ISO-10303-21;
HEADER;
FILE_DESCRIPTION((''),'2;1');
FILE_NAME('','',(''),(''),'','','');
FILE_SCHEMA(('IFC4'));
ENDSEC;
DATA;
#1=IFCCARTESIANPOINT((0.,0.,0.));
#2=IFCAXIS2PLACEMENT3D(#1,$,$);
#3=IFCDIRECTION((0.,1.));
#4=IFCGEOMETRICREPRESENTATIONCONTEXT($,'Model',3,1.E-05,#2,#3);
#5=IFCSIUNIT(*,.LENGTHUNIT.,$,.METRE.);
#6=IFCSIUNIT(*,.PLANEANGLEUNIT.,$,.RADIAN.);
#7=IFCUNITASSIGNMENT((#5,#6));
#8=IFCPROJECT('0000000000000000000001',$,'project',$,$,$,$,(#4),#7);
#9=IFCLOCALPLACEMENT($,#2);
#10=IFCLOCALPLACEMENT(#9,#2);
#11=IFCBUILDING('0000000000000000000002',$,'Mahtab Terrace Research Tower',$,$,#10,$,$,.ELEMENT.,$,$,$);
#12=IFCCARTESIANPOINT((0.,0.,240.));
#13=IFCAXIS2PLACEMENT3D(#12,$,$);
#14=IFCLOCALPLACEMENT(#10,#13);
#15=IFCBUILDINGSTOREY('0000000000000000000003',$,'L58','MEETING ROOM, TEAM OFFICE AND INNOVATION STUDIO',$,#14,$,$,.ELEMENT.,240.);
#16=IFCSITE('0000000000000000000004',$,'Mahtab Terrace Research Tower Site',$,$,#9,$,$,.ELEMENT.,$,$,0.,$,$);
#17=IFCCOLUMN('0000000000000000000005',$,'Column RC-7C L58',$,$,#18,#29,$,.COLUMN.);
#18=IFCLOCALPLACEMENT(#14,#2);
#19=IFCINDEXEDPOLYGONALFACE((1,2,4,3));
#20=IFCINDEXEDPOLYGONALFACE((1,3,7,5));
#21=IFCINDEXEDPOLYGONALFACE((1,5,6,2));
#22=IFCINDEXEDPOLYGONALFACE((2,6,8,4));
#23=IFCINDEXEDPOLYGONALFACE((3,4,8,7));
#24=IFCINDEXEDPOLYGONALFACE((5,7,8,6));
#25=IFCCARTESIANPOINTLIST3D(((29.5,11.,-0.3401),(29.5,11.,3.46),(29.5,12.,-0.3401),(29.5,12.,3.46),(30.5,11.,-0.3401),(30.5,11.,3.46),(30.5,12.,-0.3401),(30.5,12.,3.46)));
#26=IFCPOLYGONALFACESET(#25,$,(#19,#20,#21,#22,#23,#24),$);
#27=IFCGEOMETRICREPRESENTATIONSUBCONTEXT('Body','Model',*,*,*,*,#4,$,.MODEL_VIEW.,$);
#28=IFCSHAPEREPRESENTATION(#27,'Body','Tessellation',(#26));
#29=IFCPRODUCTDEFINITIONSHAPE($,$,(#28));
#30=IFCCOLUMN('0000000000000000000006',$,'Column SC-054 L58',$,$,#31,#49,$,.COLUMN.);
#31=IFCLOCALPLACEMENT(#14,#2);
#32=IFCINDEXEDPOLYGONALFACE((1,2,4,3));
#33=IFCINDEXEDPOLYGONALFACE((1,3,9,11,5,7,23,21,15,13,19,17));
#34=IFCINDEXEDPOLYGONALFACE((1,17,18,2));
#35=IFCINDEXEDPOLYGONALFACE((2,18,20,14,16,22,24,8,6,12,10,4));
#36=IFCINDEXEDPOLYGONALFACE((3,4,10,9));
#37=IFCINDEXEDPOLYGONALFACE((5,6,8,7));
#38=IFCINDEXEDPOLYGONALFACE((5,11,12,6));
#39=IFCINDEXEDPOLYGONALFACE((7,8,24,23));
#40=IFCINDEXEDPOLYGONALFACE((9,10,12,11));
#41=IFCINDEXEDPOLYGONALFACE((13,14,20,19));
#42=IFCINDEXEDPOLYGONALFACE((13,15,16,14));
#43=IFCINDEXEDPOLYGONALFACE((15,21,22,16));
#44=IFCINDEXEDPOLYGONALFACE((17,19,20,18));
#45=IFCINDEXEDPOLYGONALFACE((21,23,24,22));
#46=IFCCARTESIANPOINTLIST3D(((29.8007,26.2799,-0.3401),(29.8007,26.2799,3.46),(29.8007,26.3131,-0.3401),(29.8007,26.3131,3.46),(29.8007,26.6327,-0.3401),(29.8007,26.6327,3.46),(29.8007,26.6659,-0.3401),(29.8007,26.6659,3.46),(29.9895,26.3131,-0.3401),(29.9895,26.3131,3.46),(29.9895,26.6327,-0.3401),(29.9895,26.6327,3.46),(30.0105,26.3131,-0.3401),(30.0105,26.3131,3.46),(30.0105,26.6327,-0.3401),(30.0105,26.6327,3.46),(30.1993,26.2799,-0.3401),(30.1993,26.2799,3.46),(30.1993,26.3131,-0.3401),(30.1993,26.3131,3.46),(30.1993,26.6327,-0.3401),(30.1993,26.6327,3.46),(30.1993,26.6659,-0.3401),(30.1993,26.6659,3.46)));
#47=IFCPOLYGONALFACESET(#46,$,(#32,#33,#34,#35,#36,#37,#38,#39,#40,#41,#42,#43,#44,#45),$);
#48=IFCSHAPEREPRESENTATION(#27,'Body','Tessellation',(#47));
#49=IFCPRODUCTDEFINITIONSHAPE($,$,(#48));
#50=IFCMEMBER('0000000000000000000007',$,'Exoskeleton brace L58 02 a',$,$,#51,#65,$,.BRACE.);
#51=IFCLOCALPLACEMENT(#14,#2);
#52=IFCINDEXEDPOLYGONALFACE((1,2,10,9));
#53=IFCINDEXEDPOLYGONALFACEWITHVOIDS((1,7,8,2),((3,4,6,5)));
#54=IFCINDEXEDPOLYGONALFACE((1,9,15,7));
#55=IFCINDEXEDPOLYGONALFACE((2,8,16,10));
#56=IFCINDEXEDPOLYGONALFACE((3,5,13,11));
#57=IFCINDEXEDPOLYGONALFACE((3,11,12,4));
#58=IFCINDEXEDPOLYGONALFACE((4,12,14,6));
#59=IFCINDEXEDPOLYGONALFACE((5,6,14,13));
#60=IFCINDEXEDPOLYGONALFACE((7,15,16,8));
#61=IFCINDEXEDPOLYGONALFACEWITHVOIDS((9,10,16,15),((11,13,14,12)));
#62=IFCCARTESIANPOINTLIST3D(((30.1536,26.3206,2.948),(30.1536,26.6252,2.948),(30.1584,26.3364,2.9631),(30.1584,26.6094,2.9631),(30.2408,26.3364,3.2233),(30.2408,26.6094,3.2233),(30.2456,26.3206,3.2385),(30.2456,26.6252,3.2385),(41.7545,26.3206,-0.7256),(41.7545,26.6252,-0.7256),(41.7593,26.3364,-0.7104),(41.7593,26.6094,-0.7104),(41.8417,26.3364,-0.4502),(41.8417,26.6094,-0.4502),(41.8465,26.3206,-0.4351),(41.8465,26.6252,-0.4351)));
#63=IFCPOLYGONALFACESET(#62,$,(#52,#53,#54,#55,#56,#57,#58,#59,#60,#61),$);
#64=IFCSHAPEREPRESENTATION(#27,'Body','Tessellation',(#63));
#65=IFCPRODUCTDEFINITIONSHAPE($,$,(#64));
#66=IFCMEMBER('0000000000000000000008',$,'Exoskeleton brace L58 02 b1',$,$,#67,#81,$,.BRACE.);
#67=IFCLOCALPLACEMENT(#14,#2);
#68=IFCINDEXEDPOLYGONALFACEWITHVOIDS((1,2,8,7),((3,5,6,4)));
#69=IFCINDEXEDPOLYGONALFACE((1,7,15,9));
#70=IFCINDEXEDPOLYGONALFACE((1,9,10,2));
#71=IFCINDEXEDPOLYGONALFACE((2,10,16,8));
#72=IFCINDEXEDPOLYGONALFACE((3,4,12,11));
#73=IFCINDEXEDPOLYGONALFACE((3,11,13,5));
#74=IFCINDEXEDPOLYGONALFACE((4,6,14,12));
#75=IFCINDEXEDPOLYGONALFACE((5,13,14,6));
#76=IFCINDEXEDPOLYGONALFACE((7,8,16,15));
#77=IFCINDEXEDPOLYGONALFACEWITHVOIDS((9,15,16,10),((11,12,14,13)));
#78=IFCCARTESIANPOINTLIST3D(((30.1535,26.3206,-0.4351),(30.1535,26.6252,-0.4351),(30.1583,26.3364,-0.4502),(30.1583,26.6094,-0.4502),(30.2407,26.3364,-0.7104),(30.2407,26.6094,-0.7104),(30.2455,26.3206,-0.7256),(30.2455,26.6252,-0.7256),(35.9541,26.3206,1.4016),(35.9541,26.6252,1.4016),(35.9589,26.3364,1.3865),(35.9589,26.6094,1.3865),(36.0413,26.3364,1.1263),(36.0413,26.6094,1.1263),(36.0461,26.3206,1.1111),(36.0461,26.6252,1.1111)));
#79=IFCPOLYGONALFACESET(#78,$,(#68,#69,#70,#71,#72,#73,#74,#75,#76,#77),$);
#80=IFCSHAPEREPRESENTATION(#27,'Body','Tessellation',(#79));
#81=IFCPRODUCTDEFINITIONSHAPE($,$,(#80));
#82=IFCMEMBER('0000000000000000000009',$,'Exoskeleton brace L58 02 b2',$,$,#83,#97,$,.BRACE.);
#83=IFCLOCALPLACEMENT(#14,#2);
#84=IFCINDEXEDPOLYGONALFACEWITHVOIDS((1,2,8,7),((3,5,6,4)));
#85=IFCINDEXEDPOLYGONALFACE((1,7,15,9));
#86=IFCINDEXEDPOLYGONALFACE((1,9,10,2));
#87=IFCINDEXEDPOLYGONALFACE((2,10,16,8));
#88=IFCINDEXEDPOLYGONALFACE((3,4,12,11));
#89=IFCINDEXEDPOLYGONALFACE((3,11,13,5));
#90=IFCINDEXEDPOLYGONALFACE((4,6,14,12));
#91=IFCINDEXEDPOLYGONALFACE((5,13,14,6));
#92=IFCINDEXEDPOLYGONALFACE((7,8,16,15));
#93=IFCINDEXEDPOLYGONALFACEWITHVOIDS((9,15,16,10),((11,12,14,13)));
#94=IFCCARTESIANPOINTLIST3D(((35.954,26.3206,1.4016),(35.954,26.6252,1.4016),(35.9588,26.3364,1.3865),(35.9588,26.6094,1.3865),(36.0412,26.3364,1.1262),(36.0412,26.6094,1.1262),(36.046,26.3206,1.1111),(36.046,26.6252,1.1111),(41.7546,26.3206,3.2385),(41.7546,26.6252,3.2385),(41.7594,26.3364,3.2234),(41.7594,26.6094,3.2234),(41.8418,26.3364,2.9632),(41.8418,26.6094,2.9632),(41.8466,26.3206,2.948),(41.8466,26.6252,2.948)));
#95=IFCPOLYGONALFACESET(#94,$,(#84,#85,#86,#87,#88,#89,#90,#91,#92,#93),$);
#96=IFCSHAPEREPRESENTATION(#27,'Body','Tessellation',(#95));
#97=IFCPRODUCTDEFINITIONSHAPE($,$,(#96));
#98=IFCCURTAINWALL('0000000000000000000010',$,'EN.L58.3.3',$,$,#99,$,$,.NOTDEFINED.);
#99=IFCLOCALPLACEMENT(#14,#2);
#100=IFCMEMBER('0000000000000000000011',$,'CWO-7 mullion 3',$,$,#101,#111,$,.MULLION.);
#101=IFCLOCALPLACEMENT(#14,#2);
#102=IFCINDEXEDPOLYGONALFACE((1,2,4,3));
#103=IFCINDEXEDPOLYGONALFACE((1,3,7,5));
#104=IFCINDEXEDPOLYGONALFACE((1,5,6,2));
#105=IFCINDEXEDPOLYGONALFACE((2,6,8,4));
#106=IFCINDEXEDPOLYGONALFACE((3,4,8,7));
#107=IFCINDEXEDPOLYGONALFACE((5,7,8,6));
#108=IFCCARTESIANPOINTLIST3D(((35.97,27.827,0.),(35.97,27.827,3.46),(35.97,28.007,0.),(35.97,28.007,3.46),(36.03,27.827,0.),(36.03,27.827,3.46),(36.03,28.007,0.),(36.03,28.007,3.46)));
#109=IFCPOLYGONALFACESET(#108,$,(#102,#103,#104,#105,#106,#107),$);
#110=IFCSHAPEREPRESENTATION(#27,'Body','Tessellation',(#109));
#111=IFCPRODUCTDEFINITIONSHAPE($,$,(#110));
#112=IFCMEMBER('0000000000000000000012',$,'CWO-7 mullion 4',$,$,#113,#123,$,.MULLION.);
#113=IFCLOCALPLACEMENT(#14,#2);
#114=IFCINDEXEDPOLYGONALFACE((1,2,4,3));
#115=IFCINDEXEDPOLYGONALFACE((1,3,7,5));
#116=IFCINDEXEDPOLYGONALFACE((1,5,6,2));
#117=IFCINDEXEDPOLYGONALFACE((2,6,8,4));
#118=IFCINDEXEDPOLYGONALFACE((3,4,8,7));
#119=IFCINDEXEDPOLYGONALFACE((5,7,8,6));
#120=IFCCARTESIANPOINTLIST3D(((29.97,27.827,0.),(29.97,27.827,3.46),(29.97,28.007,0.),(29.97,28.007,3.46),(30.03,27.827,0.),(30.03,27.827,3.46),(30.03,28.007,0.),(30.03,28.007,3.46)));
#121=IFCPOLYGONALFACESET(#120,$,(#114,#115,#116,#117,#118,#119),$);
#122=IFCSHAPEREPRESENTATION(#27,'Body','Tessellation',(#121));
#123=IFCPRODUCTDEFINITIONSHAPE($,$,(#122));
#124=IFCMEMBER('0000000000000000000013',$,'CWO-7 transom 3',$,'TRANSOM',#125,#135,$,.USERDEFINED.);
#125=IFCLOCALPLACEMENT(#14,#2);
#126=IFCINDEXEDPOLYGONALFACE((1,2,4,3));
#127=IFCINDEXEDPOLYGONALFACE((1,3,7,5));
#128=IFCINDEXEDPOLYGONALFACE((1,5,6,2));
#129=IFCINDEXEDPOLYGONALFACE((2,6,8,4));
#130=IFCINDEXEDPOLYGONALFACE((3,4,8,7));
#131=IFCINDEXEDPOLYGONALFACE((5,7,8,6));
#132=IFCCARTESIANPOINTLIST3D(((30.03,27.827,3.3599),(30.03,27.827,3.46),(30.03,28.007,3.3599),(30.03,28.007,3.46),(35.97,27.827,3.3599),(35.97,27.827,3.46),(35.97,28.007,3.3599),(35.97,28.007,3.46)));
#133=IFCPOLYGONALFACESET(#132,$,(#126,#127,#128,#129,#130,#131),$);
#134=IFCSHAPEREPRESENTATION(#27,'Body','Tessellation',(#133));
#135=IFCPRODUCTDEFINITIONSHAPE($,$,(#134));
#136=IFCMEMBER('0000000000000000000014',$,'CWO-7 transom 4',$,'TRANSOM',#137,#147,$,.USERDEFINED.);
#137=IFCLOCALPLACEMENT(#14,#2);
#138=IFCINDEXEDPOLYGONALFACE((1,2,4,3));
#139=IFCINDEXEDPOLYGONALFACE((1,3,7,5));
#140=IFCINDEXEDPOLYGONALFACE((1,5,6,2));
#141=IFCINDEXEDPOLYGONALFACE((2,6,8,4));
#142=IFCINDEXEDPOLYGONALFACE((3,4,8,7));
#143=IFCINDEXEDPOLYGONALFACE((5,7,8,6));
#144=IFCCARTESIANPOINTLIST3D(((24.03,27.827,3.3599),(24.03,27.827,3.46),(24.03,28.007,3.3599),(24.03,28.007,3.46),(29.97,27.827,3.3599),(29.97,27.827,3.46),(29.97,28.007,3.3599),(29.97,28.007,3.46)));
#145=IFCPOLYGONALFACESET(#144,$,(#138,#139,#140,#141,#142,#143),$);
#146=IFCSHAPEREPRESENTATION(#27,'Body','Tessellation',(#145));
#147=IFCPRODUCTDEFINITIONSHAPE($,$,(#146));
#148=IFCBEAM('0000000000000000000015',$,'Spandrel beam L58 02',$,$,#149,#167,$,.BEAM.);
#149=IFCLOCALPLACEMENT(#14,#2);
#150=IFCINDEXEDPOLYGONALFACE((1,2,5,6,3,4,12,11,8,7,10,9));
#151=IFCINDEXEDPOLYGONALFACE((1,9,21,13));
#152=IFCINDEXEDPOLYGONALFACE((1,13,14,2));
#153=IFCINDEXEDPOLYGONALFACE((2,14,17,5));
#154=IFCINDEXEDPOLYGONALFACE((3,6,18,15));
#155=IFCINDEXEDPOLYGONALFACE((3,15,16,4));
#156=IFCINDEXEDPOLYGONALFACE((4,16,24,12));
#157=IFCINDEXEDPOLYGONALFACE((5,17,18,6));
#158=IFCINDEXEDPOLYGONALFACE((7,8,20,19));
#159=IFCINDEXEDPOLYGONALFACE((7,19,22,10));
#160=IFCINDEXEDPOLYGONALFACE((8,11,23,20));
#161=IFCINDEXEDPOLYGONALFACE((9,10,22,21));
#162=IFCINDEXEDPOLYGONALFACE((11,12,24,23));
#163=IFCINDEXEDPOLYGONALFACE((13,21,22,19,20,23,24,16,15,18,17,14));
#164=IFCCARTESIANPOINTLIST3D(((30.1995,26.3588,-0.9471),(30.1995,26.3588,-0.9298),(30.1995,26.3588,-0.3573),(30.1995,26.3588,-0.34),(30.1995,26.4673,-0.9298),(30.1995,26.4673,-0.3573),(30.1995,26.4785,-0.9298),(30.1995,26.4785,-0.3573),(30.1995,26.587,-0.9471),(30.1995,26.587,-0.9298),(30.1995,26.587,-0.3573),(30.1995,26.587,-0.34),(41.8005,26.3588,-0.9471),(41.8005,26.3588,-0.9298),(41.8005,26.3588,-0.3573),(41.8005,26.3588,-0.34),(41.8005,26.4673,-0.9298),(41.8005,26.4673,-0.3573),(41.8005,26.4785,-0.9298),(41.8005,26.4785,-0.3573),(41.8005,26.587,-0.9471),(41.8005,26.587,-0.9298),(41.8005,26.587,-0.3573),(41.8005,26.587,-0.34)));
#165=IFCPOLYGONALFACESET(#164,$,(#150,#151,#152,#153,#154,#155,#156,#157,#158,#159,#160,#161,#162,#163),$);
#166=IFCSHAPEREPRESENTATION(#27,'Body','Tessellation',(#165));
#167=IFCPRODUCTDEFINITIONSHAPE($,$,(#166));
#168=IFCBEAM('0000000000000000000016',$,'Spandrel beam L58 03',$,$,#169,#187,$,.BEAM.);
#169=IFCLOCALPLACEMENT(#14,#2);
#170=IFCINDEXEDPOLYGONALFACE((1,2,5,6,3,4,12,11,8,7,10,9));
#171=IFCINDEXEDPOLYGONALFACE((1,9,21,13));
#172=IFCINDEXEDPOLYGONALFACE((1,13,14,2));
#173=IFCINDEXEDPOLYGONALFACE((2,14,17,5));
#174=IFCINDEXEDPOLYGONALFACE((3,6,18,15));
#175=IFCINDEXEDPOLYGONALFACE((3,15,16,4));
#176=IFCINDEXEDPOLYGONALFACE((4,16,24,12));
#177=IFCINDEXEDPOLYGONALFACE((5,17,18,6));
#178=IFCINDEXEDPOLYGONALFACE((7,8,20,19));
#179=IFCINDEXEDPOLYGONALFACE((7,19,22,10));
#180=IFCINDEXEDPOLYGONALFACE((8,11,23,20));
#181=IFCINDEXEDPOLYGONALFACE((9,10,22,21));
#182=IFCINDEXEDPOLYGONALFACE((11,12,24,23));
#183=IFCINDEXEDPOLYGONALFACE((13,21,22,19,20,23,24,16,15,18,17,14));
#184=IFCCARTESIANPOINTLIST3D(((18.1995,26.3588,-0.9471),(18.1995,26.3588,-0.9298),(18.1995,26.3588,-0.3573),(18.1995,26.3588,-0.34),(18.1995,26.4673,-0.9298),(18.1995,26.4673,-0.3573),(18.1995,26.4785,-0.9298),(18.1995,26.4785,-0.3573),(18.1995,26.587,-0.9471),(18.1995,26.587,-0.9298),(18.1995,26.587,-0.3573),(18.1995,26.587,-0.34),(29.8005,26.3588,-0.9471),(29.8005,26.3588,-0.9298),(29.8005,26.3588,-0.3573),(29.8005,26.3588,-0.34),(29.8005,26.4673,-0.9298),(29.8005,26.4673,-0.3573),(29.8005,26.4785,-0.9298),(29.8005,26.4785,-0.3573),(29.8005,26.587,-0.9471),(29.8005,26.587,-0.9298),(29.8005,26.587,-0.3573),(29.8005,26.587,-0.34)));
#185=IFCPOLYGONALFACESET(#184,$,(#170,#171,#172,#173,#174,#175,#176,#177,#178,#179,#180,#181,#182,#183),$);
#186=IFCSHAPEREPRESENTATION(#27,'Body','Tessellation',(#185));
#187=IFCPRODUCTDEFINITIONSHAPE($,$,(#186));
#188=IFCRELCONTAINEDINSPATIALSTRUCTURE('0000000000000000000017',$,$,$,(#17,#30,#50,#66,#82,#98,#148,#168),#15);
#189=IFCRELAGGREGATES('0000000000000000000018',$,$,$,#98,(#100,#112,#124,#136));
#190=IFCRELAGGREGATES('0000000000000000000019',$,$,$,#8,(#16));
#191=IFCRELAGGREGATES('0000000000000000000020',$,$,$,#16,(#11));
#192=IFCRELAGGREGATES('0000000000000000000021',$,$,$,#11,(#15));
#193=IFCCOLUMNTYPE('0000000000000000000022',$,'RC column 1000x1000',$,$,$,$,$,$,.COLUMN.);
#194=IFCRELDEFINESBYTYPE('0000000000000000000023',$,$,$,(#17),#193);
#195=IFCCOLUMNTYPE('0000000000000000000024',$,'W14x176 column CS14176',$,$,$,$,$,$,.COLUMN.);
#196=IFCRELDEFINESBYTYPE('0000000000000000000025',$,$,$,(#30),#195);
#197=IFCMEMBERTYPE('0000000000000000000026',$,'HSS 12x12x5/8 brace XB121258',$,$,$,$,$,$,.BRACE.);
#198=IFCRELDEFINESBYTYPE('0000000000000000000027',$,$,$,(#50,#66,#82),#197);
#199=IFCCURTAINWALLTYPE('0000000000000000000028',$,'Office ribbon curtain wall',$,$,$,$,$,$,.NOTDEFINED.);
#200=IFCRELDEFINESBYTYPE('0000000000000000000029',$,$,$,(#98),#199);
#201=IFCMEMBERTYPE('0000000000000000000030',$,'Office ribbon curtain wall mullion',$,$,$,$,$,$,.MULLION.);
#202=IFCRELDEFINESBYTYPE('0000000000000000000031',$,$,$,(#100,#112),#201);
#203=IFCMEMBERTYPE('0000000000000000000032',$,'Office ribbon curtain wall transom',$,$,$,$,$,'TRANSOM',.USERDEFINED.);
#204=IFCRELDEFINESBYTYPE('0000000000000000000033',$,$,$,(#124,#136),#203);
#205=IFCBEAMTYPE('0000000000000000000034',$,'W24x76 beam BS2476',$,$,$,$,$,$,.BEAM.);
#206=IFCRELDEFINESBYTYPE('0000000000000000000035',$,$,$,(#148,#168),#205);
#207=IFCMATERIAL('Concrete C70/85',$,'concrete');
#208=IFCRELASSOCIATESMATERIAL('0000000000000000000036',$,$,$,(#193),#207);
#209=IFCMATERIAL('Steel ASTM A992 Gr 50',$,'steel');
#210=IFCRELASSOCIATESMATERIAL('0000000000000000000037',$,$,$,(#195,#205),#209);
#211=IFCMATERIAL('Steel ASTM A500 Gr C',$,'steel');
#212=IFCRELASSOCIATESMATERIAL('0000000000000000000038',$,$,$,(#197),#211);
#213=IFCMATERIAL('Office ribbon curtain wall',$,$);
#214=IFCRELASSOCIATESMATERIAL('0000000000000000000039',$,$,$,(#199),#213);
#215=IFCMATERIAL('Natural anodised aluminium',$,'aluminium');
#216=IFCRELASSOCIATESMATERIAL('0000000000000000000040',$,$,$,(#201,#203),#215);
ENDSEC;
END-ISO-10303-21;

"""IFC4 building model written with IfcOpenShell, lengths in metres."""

from ifc_helpers import new_model, si_unit, direction, frame, origin, origin_2d, place, context, subcontext, project, spatial, rectangle, hollow_rectangle, i_section, extrude, material, material_profile, profile_set, type_object, element, aggregate, save


model = new_model("IFC4")

# Units and contexts
model_context = context("Model", 3, precision=1e-05, world=origin(), true_north=direction((0.0, 1.0)))
body_context = subcontext(model_context, "Body", "Model", "MODEL_VIEW")
ifc_project = project(units=[si_unit("LENGTHUNIT", "METRE"), si_unit("PLANEANGLEUNIT", "RADIAN")], contexts=[model_context])

# Site, building, storey
site_placement = place(None, origin())
site = spatial("IfcSite", under=ifc_project, at=site_placement, Name="Mahtab Terrace Research Tower Site", CompositionType="ELEMENT", RefElevation=0.0)
building_placement = place(site_placement, origin())
building = spatial("IfcBuilding", under=site, at=building_placement, Name="Mahtab Terrace Research Tower", CompositionType="ELEMENT")
storey_placement = place(building_placement, frame((0.0, 0.0, 240.0)))
storey = spatial("IfcBuildingStorey", under=building, at=storey_placement, Name="L58", Description="MEETING ROOM, TEAM OFFICE AND INNOVATION STUDIO", CompositionType="ELEMENT", Elevation=240.0)

# Columns
ifc_material_1 = material(Name="Concrete C70/85", Category="concrete")
ifc_material_profile_1 = material_profile(ifc_material_1, rectangle(XDim=1.0, YDim=1.0, at=origin_2d()), Name="RC column 1000x1000")
ifc_profile_set_1 = profile_set([ifc_material_profile_1], Name="Concrete C70/85")
column_type_1 = type_object("IfcColumnType", Name="RC column 1000x1000", PredefinedType="COLUMN", material=ifc_profile_set_1)
column_1_placement = place(storey_placement, frame((30.0, 11.5, -0.3401), z_axis=(0.0, 0.0, 1.0), x_axis=(1.0, 0.0, 0.0)))
element("IfcColumn", 1, at=column_1_placement, inside=storey, type_object=column_type_1, Name="Column RC-7C L58", PredefinedType="COLUMN", context=body_context, shape_type="SweptSolid", body=[
    extrude(rectangle(XDim=1.0, YDim=1.0, at=origin_2d()), origin(), (0.0, 0.0, 1.0), 3.8),
])
ifc_material_2 = material(Name="Steel ASTM A992 Gr 50", Category="steel")
ifc_material_profile_2 = material_profile(ifc_material_2, i_section(OverallWidth=0.3987, OverallDepth=0.386, WebThickness=0.021, FlangeThickness=0.0332, at=origin_2d()), Name="W14X176")
ifc_profile_set_2 = profile_set([ifc_material_profile_2], Name="Steel ASTM A992 Gr 50")
column_type_2 = type_object("IfcColumnType", Name="W14x176 column CS14176", PredefinedType="COLUMN", material=ifc_profile_set_2)
column_2_placement = place(storey_placement, frame((30.0, 26.4729, -0.3401), z_axis=(0.0, 0.0, 1.0), x_axis=(1.0, 0.0, 0.0)))
element("IfcColumn", 2, at=column_2_placement, inside=storey, type_object=column_type_2, Name="Column SC-054 L58", PredefinedType="COLUMN", context=body_context, shape_type="SweptSolid", body=[
    extrude(i_section(OverallWidth=0.3987, OverallDepth=0.386, WebThickness=0.021, FlangeThickness=0.0332, at=origin_2d()), origin(), (0.0, 0.0, 1.0), 3.8),
])

# Members
ifc_material_3 = material(Name="Steel ASTM A500 Gr C", Category="steel")
ifc_material_profile_3 = material_profile(ifc_material_3, hollow_rectangle(XDim=0.3047, YDim=0.3047, WallThickness=0.0159, at=origin_2d()), Name="HSS12X12X5/8")
ifc_profile_set_3 = profile_set([ifc_material_profile_3], Name="Steel ASTM A500 Gr C")
member_type_1 = type_object("IfcMemberType", Name="HSS 12x12x5/8 brace XB121258", PredefinedType="BRACE", material=ifc_profile_set_3)
member_1_placement = place(storey_placement, frame((41.8005, 26.4729, -0.5803), z_axis=(-0.953344, 0.0, 0.301885), x_axis=(0.0, -1.0, 0.0)))
element("IfcMember", 3, at=member_1_placement, inside=storey, type_object=member_type_1, Name="Exoskeleton brace L58 02 a", PredefinedType="BRACE", context=body_context, shape_type="SweptSolid", body=[
    extrude(hollow_rectangle(XDim=0.3047, YDim=0.3047, WallThickness=0.0159, at=origin_2d()), origin(), (0.0, 0.0, 1.0), 12.1687),
])
for number, where, z_axis, x_axis, name in (
    (4, (30.1995, 26.4729, -0.5803), (0.95335, 0.0, 0.301867), (0.0, 1.0, 0.0), "Exoskeleton brace L58 02 b1"),
    (5, (36.0, 26.4729, 1.2563), (0.953339, 0.0, 0.301903), (0.0, 1.0, 0.0), "Exoskeleton brace L58 02 b2"),
):
    element("IfcMember", number, at=place(storey_placement, frame(where, z_axis=z_axis, x_axis=x_axis)), inside=storey, type_object=member_type_1, Name=name, PredefinedType="BRACE", context=body_context, shape_type="SweptSolid", body=[
        extrude(hollow_rectangle(XDim=0.3047, YDim=0.3047, WallThickness=0.0159, at=origin_2d()), origin(), (0.0, 0.0, 1.0), 6.0845),
    ])

# Curtain wall, members
ifc_material_4 = material(Name="Office ribbon curtain wall")
curtain_wall_type = type_object("IfcCurtainWallType", Name="Office ribbon curtain wall", PredefinedType="NOTDEFINED", material=ifc_material_4)
curtain_wall_placement = place(storey_placement, origin())
curtain_wall = element("IfcCurtainWall", 6, at=curtain_wall_placement, inside=storey, type_object=curtain_wall_type, Name="EN.L58.3.3", PredefinedType="NOTDEFINED")
ifc_material_5 = material(Name="Natural anodised aluminium", Category="aluminium")
ifc_material_profile_4 = material_profile(ifc_material_5, rectangle(XDim=0.1799, YDim=0.0601, at=origin_2d()), Name="MULLION 60x180")
ifc_profile_set_4 = profile_set([ifc_material_profile_4], Name="Natural anodised aluminium")
member_type_2 = type_object("IfcMemberType", Name="Office ribbon curtain wall mullion", PredefinedType="MULLION", material=ifc_profile_set_4)
member_2_placement = place(storey_placement, frame((36.0, 27.917, 0.0), z_axis=(0.0, 0.0, 1.0), x_axis=(0.0, -1.0, 0.0)))
member_2 = element("IfcMember", 7, at=member_2_placement, type_object=member_type_2, Name="CWO-7 mullion 3", PredefinedType="MULLION", context=body_context, shape_type="SweptSolid", body=[
    extrude(rectangle(XDim=0.1799, YDim=0.0601, at=origin_2d()), origin(), (0.0, 0.0, 1.0), 3.46),
])
member_3_placement = place(storey_placement, frame((30.0, 27.917, 0.0), z_axis=(0.0, 0.0, 1.0), x_axis=(0.0, -1.0, 0.0)))
member_3 = element("IfcMember", 8, at=member_3_placement, type_object=member_type_2, Name="CWO-7 mullion 4", PredefinedType="MULLION", context=body_context, shape_type="SweptSolid", body=[
    extrude(rectangle(XDim=0.1799, YDim=0.0601, at=origin_2d()), origin(), (0.0, 0.0, 1.0), 3.46),
])
ifc_material_profile_5 = material_profile(ifc_material_5, rectangle(XDim=0.1799, YDim=0.1001, at=origin_2d()), Name="TRANSOM 100x180")
ifc_profile_set_5 = profile_set([ifc_material_profile_5], Name="Natural anodised aluminium")
member_type_3 = type_object("IfcMemberType", Name="Office ribbon curtain wall transom", ElementType="TRANSOM", PredefinedType="USERDEFINED", material=ifc_profile_set_5)
member_4_placement = place(storey_placement, frame((35.97, 27.917, 3.4099), z_axis=(-1.0, 0.0, 0.0), x_axis=(0.0, -1.0, 0.0)))
member_4 = element("IfcMember", 9, at=member_4_placement, type_object=member_type_3, Name="CWO-7 transom 3", ObjectType="TRANSOM", PredefinedType="USERDEFINED", context=body_context, shape_type="SweptSolid", body=[
    extrude(rectangle(XDim=0.1799, YDim=0.1001, at=origin_2d()), origin(), (0.0, 0.0, 1.0), 5.9399),
])
member_5_placement = place(storey_placement, frame((29.97, 27.917, 3.4099), z_axis=(-1.0, 0.0, 0.0), x_axis=(0.0, -1.0, 0.0)))
member_5 = element("IfcMember", 10, at=member_5_placement, type_object=member_type_3, Name="CWO-7 transom 4", ObjectType="TRANSOM", PredefinedType="USERDEFINED", context=body_context, shape_type="SweptSolid", body=[
    extrude(rectangle(XDim=0.1799, YDim=0.1001, at=origin_2d()), origin(), (0.0, 0.0, 1.0), 5.9399),
])

# Beams
ifc_material_profile_6 = material_profile(ifc_material_2, i_section(OverallWidth=0.2283, OverallDepth=0.6072, WebThickness=0.0112, FlangeThickness=0.0173, at=origin_2d()), Name="W24X76")
ifc_profile_set_6 = profile_set([ifc_material_profile_6], Name="Steel ASTM A992 Gr 50")
beam_type = type_object("IfcBeamType", Name="W24x76 beam BS2476", PredefinedType="BEAM", material=ifc_profile_set_6)
for number, where, z_axis, x_axis, name in (
    (11, (41.8005, 26.4729, -0.6436), (-1.0, 0.0, 0.0), (0.0, -1.0, 0.0), "Spandrel beam L58 02"),
    (12, (29.8005, 26.4729, -0.6436), (-1.0, 0.0, 0.0), (0.0, -1.0, 0.0), "Spandrel beam L58 03"),
):
    element("IfcBeam", number, at=place(storey_placement, frame(where, z_axis=z_axis, x_axis=x_axis)), inside=storey, type_object=beam_type, Name=name, PredefinedType="BEAM", context=body_context, shape_type="SweptSolid", body=[
        extrude(i_section(OverallWidth=0.2283, OverallDepth=0.6072, WebThickness=0.0112, FlangeThickness=0.0173, at=origin_2d()), origin(), (0.0, 0.0, 1.0), 11.6011),
    ])

aggregate(curtain_wall, [member_2, member_3, member_4, member_5])

save(model, "model.ifc")
